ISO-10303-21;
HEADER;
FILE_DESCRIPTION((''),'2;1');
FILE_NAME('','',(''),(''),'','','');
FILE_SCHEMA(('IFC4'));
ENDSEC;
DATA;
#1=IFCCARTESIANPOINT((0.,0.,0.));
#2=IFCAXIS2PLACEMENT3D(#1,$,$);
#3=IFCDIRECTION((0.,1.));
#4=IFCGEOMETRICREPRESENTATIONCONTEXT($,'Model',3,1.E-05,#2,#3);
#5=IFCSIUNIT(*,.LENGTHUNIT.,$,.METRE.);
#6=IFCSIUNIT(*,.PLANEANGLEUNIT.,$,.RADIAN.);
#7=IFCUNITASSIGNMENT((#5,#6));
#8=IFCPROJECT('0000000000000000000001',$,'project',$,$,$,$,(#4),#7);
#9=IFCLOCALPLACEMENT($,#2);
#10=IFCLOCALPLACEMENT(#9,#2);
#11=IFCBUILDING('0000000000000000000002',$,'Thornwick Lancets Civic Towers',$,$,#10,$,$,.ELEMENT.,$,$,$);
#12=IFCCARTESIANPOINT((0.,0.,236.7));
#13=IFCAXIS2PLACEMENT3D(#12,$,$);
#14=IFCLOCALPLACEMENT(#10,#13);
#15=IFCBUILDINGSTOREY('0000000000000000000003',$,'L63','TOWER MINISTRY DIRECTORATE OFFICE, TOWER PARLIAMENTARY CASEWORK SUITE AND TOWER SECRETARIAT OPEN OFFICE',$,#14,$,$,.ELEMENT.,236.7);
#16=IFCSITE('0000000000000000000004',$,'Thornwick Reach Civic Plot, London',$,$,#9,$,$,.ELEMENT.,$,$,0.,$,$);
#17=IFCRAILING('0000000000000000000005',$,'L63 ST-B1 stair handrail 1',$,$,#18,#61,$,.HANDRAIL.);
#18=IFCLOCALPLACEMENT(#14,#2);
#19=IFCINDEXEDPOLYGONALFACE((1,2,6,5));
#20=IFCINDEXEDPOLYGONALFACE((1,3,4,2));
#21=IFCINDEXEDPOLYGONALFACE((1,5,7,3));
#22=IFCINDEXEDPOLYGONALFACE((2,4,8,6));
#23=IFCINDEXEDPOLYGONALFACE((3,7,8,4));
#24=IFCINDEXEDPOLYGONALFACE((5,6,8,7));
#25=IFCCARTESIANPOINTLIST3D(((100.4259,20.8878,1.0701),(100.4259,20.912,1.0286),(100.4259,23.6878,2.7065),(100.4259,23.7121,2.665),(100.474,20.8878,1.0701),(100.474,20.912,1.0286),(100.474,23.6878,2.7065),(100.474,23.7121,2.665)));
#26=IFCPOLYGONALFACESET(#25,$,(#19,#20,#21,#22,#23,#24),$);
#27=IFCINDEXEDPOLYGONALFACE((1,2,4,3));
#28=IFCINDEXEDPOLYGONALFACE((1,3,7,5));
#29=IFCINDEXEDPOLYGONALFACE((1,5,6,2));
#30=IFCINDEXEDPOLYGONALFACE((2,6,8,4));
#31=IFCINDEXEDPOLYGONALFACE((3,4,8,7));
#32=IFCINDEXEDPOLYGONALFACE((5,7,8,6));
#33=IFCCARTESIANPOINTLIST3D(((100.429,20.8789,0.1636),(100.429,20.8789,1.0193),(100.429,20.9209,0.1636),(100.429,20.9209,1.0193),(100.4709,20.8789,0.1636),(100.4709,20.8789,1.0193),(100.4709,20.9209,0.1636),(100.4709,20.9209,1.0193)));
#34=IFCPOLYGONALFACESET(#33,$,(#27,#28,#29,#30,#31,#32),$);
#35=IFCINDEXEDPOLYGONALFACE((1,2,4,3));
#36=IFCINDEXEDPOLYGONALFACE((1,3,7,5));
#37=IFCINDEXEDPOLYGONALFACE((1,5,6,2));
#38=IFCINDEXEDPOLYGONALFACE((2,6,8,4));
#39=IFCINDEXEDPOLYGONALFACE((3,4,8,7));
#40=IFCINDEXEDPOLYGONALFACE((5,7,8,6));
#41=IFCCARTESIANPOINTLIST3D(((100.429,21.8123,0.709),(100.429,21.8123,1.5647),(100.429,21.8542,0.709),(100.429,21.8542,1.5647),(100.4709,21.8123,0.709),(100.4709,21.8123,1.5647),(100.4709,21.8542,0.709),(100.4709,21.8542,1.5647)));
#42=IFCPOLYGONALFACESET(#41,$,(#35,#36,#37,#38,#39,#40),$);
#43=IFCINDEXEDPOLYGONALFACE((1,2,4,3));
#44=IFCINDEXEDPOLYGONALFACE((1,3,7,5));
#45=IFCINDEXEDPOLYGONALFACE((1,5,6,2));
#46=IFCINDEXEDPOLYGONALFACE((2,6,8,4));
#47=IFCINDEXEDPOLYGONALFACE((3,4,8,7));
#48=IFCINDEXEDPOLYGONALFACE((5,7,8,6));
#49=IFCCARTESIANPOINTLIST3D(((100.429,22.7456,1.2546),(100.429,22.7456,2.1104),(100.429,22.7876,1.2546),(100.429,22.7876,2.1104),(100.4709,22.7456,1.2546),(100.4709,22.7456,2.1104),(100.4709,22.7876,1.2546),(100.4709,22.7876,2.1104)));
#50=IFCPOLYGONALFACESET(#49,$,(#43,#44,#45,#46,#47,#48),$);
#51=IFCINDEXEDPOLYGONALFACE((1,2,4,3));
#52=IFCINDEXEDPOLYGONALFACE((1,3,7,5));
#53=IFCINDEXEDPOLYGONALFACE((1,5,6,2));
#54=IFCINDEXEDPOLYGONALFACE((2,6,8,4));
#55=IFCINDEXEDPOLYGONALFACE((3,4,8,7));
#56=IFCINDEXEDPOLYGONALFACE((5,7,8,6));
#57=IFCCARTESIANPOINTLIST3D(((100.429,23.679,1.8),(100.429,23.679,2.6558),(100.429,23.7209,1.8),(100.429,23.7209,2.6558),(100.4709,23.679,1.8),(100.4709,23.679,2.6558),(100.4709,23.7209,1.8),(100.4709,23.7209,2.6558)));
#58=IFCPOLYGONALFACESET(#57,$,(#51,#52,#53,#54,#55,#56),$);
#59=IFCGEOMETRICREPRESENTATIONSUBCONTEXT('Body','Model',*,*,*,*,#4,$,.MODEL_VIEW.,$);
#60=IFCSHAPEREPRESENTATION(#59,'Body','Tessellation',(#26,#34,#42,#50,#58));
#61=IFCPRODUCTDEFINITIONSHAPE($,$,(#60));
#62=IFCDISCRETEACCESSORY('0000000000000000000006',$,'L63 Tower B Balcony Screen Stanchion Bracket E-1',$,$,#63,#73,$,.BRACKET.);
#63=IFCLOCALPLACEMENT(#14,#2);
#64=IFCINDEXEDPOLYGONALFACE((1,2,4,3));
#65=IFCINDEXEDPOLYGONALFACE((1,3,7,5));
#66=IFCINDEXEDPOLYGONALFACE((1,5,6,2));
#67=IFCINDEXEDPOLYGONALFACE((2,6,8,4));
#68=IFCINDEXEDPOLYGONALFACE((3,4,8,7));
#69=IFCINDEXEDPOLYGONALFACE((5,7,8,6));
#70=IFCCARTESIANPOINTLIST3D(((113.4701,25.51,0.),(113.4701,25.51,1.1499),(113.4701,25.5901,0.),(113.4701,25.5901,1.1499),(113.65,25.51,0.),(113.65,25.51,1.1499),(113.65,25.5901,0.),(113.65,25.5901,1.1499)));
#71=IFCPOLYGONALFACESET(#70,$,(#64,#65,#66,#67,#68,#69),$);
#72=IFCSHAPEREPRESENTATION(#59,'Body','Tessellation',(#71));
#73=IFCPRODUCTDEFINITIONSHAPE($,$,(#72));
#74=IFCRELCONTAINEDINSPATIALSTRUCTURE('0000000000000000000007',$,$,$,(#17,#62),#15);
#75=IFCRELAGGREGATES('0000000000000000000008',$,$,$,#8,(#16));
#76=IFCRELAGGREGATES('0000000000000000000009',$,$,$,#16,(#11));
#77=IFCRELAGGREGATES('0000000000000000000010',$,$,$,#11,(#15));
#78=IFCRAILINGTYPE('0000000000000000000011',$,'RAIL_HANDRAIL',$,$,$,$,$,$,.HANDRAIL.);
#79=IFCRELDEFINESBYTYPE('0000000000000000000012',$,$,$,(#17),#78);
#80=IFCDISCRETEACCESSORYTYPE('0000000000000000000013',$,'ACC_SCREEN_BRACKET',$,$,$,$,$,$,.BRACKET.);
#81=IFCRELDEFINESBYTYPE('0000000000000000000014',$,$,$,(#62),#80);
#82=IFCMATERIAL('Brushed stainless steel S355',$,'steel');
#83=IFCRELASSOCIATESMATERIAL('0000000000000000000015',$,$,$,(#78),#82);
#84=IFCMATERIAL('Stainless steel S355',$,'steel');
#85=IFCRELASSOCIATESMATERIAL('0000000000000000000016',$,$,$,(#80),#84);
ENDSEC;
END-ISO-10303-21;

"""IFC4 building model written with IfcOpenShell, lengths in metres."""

from ifc_helpers import new_model, si_unit, direction, frame, origin, origin_2d, place, context, subcontext, project, spatial, rectangle, extrude, material, type_object, element, save


model = new_model("IFC4")

# Units and contexts
model_context = context("Model", 3, precision=1e-05, world=origin(), true_north=direction((0.0, 1.0)))
body_context = subcontext(model_context, "Body", "Model", "MODEL_VIEW")
ifc_project = project(units=[si_unit("LENGTHUNIT", "METRE"), si_unit("PLANEANGLEUNIT", "RADIAN")], contexts=[model_context])

# Site, building, storey
site_placement = place(None, origin())
site = spatial("IfcSite", under=ifc_project, at=site_placement, Name="Thornwick Reach Civic Plot, London", CompositionType="ELEMENT", RefElevation=0.0)
building_placement = place(site_placement, origin())
building = spatial("IfcBuilding", under=site, at=building_placement, Name="Thornwick Lancets Civic Towers", CompositionType="ELEMENT")
storey_placement = place(building_placement, frame((0.0, 0.0, 236.7)))
storey = spatial("IfcBuildingStorey", under=building, at=storey_placement, Name="L63", Description="TOWER MINISTRY DIRECTORATE OFFICE, TOWER PARLIAMENTARY CASEWORK SUITE AND TOWER SECRETARIAT OPEN OFFICE", CompositionType="ELEMENT", Elevation=236.7)

# Railing
ifc_material_1 = material(Name="Brushed stainless steel S355", Category="steel")
railing_type_1 = type_object("IfcRailingType", Name="RAIL_HANDRAIL", PredefinedType="HANDRAIL", material=ifc_material_1)
railing_1_placement = place(storey_placement, frame((100.45, 20.8999, 0.1636)))
element("IfcRailing", 1, at=railing_1_placement, inside=storey, type_object=railing_type_1, Name="L63 ST-B1 stair handrail 1", PredefinedType="HANDRAIL", context=body_context, shape_type="SweptSolid", body=[
    extrude(rectangle(XDim=0.0481, YDim=0.0481, at=origin_2d()), frame((0.0, 0.0, 0.8857), z_axis=(0.0, 0.863361, 0.504587), x_axis=(-1.0, 0.0, 0.0)), (0.0, 0.0, 1.0), 3.2432),
    extrude(rectangle(XDim=0.042, YDim=0.042, at=origin_2d()), origin(), (0.0, 0.0, 1.0), 0.8557),
    extrude(rectangle(XDim=0.042, YDim=0.042, at=origin_2d()), frame((0.0, 0.9333, 0.5454)), (0.0, 0.0, 1.0), 0.8557),
    extrude(rectangle(XDim=0.042, YDim=0.042, at=origin_2d()), frame((0.0, 1.8667, 1.0911)), (0.0, 0.0, 1.0), 0.8557),
    extrude(rectangle(XDim=0.042, YDim=0.042, at=origin_2d()), frame((0.0, 2.8, 1.6365)), (0.0, 0.0, 1.0), 0.8557),
])

# Discrete accessory
ifc_material_2 = material(Name="Stainless steel S355", Category="steel")
discrete_accessory_type = type_object("IfcDiscreteAccessoryType", Name="ACC_SCREEN_BRACKET", PredefinedType="BRACKET", material=ifc_material_2)
discrete_accessory_placement = place(storey_placement, frame((113.5601, 25.55, 0.0), z_axis=(0.0, 0.0, 1.0), x_axis=(0.0, 1.0, 0.0)))
element("IfcDiscreteAccessory", 2, at=discrete_accessory_placement, inside=storey, type_object=discrete_accessory_type, Name="L63 Tower B Balcony Screen Stanchion Bracket E-1", PredefinedType="BRACKET", context=body_context, shape_type="SweptSolid", body=[
    extrude(rectangle(XDim=0.0801, YDim=0.1799, at=origin_2d()), origin(), (0.0, 0.0, 1.0), 1.1499),
])

save(model, "model.ifc")
